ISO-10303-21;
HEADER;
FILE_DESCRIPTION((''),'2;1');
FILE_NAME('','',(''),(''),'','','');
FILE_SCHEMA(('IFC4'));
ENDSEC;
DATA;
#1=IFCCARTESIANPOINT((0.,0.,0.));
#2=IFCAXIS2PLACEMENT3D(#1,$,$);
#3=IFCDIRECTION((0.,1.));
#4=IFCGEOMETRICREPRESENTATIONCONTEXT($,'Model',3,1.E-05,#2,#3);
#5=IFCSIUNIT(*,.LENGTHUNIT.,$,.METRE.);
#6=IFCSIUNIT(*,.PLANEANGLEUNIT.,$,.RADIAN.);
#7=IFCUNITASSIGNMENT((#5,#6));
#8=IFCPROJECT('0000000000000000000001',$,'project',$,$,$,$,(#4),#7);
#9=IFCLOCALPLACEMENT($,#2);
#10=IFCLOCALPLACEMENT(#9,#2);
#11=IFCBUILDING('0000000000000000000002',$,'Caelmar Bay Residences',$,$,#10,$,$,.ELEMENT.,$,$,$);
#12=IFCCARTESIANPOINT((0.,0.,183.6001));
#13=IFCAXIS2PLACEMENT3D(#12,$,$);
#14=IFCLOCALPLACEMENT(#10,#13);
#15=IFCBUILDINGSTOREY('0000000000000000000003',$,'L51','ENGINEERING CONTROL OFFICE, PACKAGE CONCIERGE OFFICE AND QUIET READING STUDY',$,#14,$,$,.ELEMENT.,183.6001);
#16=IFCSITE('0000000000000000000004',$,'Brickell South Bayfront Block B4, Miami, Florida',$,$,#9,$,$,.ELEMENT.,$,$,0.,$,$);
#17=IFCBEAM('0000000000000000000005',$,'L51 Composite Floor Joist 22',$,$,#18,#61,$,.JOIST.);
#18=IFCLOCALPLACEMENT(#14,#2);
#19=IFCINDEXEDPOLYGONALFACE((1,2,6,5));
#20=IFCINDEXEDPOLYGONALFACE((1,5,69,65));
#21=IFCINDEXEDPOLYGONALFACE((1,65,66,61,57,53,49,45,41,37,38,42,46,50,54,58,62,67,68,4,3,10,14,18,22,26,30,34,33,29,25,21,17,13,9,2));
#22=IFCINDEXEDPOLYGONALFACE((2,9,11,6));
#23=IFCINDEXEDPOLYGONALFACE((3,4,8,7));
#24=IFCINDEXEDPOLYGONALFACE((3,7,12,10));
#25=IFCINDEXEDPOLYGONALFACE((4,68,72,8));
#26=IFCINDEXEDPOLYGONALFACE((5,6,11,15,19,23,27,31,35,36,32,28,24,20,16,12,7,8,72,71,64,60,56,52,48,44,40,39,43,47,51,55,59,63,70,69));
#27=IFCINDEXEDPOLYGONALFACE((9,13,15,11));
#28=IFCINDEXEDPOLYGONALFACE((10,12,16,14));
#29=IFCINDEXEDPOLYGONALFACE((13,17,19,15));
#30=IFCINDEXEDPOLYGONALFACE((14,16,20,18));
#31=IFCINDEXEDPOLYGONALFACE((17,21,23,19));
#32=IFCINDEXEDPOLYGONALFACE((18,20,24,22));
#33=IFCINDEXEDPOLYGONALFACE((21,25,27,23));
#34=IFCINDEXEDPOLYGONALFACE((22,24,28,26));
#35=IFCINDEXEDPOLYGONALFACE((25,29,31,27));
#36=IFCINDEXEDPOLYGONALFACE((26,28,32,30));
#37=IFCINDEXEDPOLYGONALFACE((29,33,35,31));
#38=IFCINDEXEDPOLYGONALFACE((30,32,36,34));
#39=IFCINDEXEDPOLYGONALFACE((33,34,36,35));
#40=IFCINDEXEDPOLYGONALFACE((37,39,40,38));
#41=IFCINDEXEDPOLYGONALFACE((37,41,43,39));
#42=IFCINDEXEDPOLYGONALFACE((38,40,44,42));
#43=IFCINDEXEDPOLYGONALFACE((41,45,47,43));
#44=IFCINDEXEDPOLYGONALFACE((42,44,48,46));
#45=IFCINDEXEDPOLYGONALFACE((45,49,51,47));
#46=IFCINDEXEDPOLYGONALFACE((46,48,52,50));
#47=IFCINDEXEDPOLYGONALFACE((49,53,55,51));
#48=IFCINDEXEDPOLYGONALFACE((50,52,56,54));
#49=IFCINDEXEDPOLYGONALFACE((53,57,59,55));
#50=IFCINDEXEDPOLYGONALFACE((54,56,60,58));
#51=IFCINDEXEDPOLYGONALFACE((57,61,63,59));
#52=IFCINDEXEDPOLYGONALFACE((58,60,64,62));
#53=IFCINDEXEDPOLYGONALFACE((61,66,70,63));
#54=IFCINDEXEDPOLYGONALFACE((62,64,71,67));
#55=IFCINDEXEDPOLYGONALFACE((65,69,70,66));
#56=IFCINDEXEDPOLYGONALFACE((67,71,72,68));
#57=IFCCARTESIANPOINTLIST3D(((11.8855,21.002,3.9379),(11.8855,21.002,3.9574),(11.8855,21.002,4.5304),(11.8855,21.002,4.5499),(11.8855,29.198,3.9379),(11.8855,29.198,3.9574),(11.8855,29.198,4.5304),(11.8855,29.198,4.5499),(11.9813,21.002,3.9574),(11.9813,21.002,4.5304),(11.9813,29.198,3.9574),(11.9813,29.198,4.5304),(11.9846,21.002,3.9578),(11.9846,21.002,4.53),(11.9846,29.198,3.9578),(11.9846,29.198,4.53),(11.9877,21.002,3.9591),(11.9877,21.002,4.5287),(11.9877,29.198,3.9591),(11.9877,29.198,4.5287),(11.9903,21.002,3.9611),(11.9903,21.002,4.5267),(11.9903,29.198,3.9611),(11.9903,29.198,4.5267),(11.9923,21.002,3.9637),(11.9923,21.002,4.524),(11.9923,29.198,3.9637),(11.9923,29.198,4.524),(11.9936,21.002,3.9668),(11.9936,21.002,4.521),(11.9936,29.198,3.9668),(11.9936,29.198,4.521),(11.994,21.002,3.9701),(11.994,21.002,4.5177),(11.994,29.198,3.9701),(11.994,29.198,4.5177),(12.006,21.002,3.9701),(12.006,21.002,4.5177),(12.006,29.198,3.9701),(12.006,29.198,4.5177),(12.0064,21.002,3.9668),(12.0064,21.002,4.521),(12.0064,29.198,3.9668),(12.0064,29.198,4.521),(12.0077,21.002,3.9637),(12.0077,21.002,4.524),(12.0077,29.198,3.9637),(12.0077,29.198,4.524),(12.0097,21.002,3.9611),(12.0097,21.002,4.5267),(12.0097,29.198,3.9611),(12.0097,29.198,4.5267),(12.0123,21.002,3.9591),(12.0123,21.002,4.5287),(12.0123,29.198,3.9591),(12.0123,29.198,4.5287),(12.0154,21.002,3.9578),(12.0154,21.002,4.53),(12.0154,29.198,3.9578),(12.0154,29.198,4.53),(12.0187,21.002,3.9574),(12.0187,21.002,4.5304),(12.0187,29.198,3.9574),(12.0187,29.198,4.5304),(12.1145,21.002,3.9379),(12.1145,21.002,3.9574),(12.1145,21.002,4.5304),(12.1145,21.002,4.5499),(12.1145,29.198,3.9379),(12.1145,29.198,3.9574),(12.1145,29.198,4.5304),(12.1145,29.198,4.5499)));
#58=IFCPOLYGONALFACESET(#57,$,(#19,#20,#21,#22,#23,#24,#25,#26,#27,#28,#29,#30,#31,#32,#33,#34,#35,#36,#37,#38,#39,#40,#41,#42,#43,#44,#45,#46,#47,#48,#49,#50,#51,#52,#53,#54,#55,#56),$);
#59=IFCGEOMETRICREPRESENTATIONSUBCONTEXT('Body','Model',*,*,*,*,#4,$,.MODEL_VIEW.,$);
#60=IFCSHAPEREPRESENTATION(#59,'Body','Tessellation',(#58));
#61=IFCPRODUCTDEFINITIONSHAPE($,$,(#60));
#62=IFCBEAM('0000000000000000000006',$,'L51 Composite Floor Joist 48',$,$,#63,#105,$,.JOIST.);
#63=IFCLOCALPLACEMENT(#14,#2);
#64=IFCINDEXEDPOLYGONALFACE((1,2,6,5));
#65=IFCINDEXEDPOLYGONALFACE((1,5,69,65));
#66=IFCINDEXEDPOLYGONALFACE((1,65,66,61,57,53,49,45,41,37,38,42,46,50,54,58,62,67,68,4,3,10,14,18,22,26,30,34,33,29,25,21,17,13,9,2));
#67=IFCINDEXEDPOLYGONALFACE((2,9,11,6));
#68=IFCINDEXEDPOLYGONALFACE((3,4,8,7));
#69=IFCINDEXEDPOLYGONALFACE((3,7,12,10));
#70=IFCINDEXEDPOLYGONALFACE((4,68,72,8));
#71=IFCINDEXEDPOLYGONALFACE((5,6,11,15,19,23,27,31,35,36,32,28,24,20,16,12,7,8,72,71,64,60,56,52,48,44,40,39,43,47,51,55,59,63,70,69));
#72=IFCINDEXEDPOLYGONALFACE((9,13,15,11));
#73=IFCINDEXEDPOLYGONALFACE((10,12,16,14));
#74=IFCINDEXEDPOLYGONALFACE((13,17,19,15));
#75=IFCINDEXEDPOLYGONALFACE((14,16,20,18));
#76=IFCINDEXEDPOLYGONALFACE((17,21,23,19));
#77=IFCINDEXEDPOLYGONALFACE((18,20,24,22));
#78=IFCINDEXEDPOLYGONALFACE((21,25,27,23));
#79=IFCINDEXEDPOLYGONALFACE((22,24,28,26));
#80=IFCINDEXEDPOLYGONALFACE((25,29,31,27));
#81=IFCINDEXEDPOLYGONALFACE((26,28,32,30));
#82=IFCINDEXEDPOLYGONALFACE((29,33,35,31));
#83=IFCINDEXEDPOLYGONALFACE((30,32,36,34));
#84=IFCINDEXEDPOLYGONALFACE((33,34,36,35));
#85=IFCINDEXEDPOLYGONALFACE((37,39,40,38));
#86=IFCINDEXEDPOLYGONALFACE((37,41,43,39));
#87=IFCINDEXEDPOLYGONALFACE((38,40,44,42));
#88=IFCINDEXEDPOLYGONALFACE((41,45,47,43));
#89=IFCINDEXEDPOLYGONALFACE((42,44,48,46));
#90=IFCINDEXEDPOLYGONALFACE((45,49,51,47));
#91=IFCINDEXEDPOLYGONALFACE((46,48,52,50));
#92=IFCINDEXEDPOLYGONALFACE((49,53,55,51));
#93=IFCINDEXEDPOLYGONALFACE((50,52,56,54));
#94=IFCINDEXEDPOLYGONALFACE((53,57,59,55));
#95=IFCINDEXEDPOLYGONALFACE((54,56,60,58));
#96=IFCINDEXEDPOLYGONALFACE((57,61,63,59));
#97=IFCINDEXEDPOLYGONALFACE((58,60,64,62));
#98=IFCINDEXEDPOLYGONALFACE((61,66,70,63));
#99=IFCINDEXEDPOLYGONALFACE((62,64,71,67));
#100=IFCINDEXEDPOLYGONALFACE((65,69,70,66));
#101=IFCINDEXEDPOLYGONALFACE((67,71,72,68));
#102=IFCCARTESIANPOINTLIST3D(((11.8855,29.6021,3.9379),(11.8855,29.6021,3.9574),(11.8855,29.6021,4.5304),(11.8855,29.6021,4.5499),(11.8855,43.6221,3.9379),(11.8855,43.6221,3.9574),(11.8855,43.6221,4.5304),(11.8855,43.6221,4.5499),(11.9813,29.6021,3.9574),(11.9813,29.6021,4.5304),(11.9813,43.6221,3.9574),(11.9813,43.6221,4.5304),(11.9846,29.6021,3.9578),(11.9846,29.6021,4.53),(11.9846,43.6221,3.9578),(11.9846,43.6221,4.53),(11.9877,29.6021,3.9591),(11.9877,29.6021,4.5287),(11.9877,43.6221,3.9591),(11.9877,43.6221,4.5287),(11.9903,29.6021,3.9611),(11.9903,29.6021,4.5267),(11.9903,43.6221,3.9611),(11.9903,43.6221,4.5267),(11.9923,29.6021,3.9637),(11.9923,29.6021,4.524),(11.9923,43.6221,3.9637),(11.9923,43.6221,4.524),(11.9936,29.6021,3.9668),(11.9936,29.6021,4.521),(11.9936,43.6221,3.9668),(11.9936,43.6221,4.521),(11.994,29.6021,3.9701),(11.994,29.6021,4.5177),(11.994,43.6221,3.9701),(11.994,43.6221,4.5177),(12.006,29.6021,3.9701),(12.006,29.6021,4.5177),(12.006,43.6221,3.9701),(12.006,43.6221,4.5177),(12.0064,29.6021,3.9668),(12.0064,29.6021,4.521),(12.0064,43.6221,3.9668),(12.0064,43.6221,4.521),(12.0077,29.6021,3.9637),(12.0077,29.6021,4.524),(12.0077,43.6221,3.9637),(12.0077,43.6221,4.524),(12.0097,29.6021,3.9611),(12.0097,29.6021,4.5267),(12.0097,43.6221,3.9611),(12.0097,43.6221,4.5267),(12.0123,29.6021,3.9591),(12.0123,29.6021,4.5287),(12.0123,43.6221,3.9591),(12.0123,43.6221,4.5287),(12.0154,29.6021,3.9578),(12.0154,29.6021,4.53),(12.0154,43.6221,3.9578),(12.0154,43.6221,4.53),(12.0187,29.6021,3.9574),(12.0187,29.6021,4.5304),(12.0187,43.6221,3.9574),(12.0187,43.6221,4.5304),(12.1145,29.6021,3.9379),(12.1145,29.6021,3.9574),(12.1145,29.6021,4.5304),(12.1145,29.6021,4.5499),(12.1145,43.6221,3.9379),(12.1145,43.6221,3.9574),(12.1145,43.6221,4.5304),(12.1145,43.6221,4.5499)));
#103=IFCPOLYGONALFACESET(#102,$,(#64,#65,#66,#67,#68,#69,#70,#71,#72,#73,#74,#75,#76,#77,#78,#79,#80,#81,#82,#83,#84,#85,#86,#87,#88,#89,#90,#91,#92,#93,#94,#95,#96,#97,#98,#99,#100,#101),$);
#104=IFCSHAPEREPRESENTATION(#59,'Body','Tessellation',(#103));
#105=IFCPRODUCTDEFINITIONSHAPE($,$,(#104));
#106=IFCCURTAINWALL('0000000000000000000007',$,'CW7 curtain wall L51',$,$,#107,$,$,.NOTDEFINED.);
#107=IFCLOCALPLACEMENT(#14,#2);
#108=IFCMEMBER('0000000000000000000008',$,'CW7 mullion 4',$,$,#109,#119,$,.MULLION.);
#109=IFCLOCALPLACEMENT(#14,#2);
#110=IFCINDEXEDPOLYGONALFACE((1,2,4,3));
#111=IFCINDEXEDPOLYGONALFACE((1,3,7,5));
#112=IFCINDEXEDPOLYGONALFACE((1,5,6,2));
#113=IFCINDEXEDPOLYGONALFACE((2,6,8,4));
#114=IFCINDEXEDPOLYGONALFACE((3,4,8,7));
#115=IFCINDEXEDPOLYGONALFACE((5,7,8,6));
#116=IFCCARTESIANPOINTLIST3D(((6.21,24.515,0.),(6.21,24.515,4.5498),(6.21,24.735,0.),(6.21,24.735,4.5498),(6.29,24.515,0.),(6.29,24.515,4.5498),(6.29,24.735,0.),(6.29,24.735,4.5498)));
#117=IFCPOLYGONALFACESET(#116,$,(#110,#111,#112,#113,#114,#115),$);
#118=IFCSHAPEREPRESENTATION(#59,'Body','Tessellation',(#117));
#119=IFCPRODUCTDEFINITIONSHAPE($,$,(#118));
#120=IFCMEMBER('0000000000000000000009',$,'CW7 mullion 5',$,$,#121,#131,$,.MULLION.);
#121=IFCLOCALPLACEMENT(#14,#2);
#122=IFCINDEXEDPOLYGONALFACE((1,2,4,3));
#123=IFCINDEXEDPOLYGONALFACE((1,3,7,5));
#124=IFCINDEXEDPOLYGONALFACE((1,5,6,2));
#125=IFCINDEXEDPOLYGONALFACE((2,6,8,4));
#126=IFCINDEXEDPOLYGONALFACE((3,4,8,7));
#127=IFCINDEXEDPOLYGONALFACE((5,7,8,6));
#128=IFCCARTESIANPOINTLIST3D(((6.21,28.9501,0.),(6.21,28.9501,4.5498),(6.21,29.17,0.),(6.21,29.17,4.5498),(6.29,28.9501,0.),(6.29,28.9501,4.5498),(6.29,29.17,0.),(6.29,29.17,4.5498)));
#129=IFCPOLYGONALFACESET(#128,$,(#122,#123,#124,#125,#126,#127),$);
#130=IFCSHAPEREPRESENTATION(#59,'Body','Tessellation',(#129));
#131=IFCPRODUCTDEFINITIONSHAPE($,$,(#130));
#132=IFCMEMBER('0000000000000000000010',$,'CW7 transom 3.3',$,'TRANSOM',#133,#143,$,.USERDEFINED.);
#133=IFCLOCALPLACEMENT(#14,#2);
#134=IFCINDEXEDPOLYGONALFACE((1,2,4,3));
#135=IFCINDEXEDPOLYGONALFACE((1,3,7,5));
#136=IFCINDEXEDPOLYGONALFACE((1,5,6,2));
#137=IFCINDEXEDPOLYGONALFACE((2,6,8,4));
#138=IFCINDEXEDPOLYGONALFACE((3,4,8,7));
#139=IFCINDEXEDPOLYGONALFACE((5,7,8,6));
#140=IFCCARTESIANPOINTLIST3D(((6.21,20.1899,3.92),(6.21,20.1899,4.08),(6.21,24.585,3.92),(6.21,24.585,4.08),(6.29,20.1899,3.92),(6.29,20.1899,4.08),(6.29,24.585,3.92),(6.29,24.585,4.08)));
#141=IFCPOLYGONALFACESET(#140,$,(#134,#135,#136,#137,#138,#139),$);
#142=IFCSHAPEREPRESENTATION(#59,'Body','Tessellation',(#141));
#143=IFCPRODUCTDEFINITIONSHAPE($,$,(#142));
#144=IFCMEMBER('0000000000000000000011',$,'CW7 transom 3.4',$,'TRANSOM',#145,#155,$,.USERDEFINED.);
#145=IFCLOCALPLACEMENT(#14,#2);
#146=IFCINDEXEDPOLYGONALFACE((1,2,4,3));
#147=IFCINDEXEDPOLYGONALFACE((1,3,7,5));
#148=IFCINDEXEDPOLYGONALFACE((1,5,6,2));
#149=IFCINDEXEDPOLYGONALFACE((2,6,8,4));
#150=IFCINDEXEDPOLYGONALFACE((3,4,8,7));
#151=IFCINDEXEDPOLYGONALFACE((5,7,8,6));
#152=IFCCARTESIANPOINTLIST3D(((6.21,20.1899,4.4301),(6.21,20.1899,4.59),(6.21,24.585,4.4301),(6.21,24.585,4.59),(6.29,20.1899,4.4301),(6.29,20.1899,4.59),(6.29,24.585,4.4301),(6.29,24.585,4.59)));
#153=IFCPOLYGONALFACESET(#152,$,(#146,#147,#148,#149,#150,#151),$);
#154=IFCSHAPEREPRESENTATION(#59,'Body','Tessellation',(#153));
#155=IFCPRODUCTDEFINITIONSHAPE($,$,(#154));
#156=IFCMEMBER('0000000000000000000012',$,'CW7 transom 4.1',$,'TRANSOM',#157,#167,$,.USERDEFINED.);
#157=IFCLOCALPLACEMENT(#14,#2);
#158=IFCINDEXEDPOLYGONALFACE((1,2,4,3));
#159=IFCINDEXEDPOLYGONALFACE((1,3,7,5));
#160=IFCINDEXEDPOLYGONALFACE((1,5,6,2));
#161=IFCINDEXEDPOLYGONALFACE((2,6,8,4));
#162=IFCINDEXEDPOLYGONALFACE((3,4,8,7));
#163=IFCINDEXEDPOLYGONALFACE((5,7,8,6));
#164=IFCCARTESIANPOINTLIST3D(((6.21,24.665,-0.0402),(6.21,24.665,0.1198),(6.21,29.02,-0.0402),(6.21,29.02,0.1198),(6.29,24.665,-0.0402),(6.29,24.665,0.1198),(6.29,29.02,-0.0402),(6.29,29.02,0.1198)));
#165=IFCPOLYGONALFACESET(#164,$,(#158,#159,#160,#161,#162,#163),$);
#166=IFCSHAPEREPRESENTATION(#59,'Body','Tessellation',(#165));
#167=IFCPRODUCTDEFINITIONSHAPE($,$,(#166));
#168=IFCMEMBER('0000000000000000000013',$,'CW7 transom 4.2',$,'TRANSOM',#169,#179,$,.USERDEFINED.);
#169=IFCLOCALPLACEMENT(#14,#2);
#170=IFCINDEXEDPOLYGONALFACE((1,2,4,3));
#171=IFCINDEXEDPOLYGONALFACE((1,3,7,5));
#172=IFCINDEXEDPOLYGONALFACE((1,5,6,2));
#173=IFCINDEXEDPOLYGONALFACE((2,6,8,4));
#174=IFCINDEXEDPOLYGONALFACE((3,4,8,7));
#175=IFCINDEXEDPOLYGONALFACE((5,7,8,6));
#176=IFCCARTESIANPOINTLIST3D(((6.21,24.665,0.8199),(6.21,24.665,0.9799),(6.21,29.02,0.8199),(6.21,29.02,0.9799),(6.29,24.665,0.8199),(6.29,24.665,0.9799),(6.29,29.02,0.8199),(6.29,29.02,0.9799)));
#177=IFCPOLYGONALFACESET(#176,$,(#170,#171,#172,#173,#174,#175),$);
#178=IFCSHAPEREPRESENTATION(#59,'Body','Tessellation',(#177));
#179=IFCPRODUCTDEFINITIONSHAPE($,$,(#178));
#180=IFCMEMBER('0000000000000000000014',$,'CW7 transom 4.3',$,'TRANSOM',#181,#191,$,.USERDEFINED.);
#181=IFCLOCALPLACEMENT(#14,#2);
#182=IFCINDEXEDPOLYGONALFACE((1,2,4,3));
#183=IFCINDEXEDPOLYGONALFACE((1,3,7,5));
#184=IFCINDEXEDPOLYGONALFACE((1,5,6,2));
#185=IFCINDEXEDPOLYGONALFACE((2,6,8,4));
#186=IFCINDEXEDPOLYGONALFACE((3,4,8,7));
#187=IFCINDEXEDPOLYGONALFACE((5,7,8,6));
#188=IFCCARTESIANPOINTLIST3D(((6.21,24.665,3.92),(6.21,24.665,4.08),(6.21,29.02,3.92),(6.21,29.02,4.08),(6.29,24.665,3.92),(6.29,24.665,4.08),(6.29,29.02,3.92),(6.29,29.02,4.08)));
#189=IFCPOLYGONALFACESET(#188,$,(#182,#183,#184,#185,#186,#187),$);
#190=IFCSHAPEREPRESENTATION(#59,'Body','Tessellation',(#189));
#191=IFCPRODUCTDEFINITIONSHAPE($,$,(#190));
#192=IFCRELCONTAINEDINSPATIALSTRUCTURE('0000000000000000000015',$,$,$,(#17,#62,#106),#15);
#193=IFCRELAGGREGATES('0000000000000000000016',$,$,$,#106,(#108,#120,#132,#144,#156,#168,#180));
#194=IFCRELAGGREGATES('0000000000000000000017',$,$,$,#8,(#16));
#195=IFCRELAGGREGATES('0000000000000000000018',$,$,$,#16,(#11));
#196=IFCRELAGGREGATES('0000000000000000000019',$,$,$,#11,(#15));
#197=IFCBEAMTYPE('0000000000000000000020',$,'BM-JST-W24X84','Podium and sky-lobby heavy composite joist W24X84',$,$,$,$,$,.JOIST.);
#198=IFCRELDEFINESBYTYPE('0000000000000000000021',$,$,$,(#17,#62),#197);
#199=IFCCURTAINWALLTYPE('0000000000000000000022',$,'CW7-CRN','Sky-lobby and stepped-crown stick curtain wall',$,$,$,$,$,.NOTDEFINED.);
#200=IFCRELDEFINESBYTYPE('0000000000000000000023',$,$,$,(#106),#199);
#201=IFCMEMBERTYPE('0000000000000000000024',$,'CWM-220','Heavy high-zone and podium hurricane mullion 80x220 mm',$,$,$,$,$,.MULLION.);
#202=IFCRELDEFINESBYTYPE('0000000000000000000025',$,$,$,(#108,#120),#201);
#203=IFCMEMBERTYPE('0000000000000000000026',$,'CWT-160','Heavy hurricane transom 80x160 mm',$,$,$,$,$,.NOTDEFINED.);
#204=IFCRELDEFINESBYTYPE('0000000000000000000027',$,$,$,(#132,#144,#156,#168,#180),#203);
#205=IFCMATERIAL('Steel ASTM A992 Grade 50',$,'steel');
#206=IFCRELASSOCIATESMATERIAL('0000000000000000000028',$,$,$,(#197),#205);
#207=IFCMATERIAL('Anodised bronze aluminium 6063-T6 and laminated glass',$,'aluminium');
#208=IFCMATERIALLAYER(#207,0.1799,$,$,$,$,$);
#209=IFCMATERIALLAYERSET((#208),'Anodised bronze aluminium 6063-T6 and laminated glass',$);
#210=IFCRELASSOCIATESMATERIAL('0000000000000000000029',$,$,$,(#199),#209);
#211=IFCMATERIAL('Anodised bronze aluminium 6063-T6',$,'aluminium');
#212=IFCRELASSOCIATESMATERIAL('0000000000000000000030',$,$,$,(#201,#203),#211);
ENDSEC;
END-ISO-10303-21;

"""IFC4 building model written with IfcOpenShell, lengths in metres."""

from ifc_helpers import new_model, si_unit, direction, frame, origin, origin_2d, place, context, subcontext, project, spatial, rectangle, i_section, extrude, material, layer, layer_set, material_profile, profile_set, type_object, element, aggregate, save


model = new_model("IFC4")

# Units and contexts
model_context = context("Model", 3, precision=1e-05, world=origin(), true_north=direction((0.0, 1.0)))
body_context = subcontext(model_context, "Body", "Model", "MODEL_VIEW")
ifc_project = project(units=[si_unit("LENGTHUNIT", "METRE"), si_unit("PLANEANGLEUNIT", "RADIAN")], contexts=[model_context])

# Site, building, storey
site_placement = place(None, origin())
site = spatial("IfcSite", under=ifc_project, at=site_placement, Name="Brickell South Bayfront Block B4, Miami, Florida", CompositionType="ELEMENT", RefElevation=0.0)
building_placement = place(site_placement, origin())
building = spatial("IfcBuilding", under=site, at=building_placement, Name="Caelmar Bay Residences", CompositionType="ELEMENT")
storey_placement = place(building_placement, frame((0.0, 0.0, 183.6001)))
storey = spatial("IfcBuildingStorey", under=building, at=storey_placement, Name="L51", Description="ENGINEERING CONTROL OFFICE, PACKAGE CONCIERGE OFFICE AND QUIET READING STUDY", CompositionType="ELEMENT", Elevation=183.6001)

# Beams
ifc_material_1 = material(Name="Steel ASTM A992 Grade 50", Category="steel")
ifc_material_profile_1 = material_profile(ifc_material_1, i_section(OverallWidth=0.229, OverallDepth=0.6121, WebThickness=0.012, FlangeThickness=0.0195, FilletRadius=0.0127, at=origin_2d()), Name="W24X84")
ifc_profile_set_1 = profile_set([ifc_material_profile_1], Name="Steel ASTM A992 Grade 50")
beam_type_1 = type_object("IfcBeamType", Name="BM-JST-W24X84", Description="Podium and sky-lobby heavy composite joist W24X84", PredefinedType="JOIST", material=ifc_profile_set_1)
beam_1_placement = place(storey_placement, frame((12.0, 21.002, 4.2439), z_axis=(0.0, 1.0, 0.0), x_axis=(-1.0, 0.0, 0.0)))
element("IfcBeam", 1, at=beam_1_placement, inside=storey, type_object=beam_type_1, Name="L51 Composite Floor Joist 22", PredefinedType="JOIST", context=body_context, shape_type="SweptSolid", body=[
    extrude(i_section(OverallWidth=0.229, OverallDepth=0.6121, WebThickness=0.012, FlangeThickness=0.0195, FilletRadius=0.0127, at=origin_2d()), origin(), (0.0, 0.0, 1.0), 8.196),
])
beam_2_placement = place(storey_placement, frame((12.0, 29.6021, 4.2439), z_axis=(0.0, 1.0, 0.0), x_axis=(-1.0, 0.0, 0.0)))
element("IfcBeam", 2, at=beam_2_placement, inside=storey, type_object=beam_type_1, Name="L51 Composite Floor Joist 48", PredefinedType="JOIST", context=body_context, shape_type="SweptSolid", body=[
    extrude(i_section(OverallWidth=0.229, OverallDepth=0.6121, WebThickness=0.012, FlangeThickness=0.0195, FilletRadius=0.0127, at=origin_2d()), origin(), (0.0, 0.0, 1.0), 14.02),
])

# Curtain wall, members
ifc_material_2 = material(Name="Anodised bronze aluminium 6063-T6 and laminated glass", Category="aluminium")
ifc_layer_1 = layer(ifc_material_2, 0.1799)
ifc_layer_set_1 = layer_set([ifc_layer_1], Name="Anodised bronze aluminium 6063-T6 and laminated glass")
curtain_wall_type = type_object("IfcCurtainWallType", Name="CW7-CRN", Description="Sky-lobby and stepped-crown stick curtain wall", PredefinedType="NOTDEFINED", material=ifc_layer_set_1)
curtain_wall_placement = place(storey_placement, origin())
curtain_wall = element("IfcCurtainWall", 3, at=curtain_wall_placement, inside=storey, type_object=curtain_wall_type, Name="CW7 curtain wall L51", PredefinedType="NOTDEFINED")
ifc_material_3 = material(Name="Anodised bronze aluminium 6063-T6", Category="aluminium")
ifc_material_profile_2 = material_profile(ifc_material_3, rectangle(XDim=0.0801, YDim=0.22, at=origin_2d()), Name="CWM-80X220")
ifc_profile_set_2 = profile_set([ifc_material_profile_2], Name="Anodised bronze aluminium 6063-T6")
member_type_1 = type_object("IfcMemberType", Name="CWM-220", Description="Heavy high-zone and podium hurricane mullion 80x220 mm", PredefinedType="MULLION", material=ifc_profile_set_2)
member_1_placement = place(storey_placement, frame((6.25, 24.625, 0.0), z_axis=(0.0, 0.0, 1.0), x_axis=(-1.0, 0.0, 0.0)))
member_1 = element("IfcMember", 4, at=member_1_placement, type_object=member_type_1, Name="CW7 mullion 4", PredefinedType="MULLION", context=body_context, shape_type="SweptSolid", body=[
    extrude(rectangle(XDim=0.0801, YDim=0.22, at=origin_2d()), origin(), (0.0, 0.0, 1.0), 4.5498),
])
member_2_placement = place(storey_placement, frame((6.25, 29.0601, 0.0), z_axis=(0.0, 0.0, 1.0), x_axis=(-1.0, 0.0, 0.0)))
member_2 = element("IfcMember", 5, at=member_2_placement, type_object=member_type_1, Name="CW7 mullion 5", PredefinedType="MULLION", context=body_context, shape_type="SweptSolid", body=[
    extrude(rectangle(XDim=0.0801, YDim=0.22, at=origin_2d()), origin(), (0.0, 0.0, 1.0), 4.5498),
])
ifc_material_profile_3 = material_profile(ifc_material_3, rectangle(XDim=0.0801, YDim=0.1599, at=origin_2d()), Name="CWT-80X160")
ifc_profile_set_3 = profile_set([ifc_material_profile_3], Name="Anodised bronze aluminium 6063-T6")
member_type_2 = type_object("IfcMemberType", Name="CWT-160", Description="Heavy hurricane transom 80x160 mm", PredefinedType="NOTDEFINED", material=ifc_profile_set_3)
member_3_placement = place(storey_placement, frame((6.25, 20.1899, 4.0), z_axis=(0.0, 1.0, 0.0), x_axis=(-1.0, 0.0, 0.0)))
member_3 = element("IfcMember", 6, at=member_3_placement, type_object=member_type_2, Name="CW7 transom 3.3", ObjectType="TRANSOM", PredefinedType="USERDEFINED", context=body_context, shape_type="SweptSolid", body=[
    extrude(rectangle(XDim=0.0801, YDim=0.1599, at=origin_2d()), origin(), (0.0, 0.0, 1.0), 4.395),
])
member_4_placement = place(storey_placement, frame((6.25, 20.1899, 4.51), z_axis=(0.0, 1.0, 0.0), x_axis=(-1.0, 0.0, 0.0)))
member_4 = element("IfcMember", 7, at=member_4_placement, type_object=member_type_2, Name="CW7 transom 3.4", ObjectType="TRANSOM", PredefinedType="USERDEFINED", context=body_context, shape_type="SweptSolid", body=[
    extrude(rectangle(XDim=0.0801, YDim=0.1599, at=origin_2d()), origin(), (0.0, 0.0, 1.0), 4.395),
])
member_5_placement = place(storey_placement, frame((6.25, 24.665, 0.0398), z_axis=(0.0, 1.0, 0.0), x_axis=(-1.0, 0.0, 0.0)))
member_5 = element("IfcMember", 8, at=member_5_placement, type_object=member_type_2, Name="CW7 transom 4.1", ObjectType="TRANSOM", PredefinedType="USERDEFINED", context=body_context, shape_type="SweptSolid", body=[
    extrude(rectangle(XDim=0.0801, YDim=0.1599, at=origin_2d()), origin(), (0.0, 0.0, 1.0), 4.355),
])
member_6_placement = place(storey_placement, frame((6.25, 24.665, 0.8999), z_axis=(0.0, 1.0, 0.0), x_axis=(-1.0, 0.0, 0.0)))
member_6 = element("IfcMember", 9, at=member_6_placement, type_object=member_type_2, Name="CW7 transom 4.2", ObjectType="TRANSOM", PredefinedType="USERDEFINED", context=body_context, shape_type="SweptSolid", body=[
    extrude(rectangle(XDim=0.0801, YDim=0.1599, at=origin_2d()), origin(), (0.0, 0.0, 1.0), 4.355),
])
member_7_placement = place(storey_placement, frame((6.25, 24.665, 4.0), z_axis=(0.0, 1.0, 0.0), x_axis=(-1.0, 0.0, 0.0)))
member_7 = element("IfcMember", 10, at=member_7_placement, type_object=member_type_2, Name="CW7 transom 4.3", ObjectType="TRANSOM", PredefinedType="USERDEFINED", context=body_context, shape_type="SweptSolid", body=[
    extrude(rectangle(XDim=0.0801, YDim=0.1599, at=origin_2d()), origin(), (0.0, 0.0, 1.0), 4.355),
])
aggregate(curtain_wall, [member_1, member_2, member_3, member_4, member_5, member_6, member_7])

save(model, "model.ifc")
